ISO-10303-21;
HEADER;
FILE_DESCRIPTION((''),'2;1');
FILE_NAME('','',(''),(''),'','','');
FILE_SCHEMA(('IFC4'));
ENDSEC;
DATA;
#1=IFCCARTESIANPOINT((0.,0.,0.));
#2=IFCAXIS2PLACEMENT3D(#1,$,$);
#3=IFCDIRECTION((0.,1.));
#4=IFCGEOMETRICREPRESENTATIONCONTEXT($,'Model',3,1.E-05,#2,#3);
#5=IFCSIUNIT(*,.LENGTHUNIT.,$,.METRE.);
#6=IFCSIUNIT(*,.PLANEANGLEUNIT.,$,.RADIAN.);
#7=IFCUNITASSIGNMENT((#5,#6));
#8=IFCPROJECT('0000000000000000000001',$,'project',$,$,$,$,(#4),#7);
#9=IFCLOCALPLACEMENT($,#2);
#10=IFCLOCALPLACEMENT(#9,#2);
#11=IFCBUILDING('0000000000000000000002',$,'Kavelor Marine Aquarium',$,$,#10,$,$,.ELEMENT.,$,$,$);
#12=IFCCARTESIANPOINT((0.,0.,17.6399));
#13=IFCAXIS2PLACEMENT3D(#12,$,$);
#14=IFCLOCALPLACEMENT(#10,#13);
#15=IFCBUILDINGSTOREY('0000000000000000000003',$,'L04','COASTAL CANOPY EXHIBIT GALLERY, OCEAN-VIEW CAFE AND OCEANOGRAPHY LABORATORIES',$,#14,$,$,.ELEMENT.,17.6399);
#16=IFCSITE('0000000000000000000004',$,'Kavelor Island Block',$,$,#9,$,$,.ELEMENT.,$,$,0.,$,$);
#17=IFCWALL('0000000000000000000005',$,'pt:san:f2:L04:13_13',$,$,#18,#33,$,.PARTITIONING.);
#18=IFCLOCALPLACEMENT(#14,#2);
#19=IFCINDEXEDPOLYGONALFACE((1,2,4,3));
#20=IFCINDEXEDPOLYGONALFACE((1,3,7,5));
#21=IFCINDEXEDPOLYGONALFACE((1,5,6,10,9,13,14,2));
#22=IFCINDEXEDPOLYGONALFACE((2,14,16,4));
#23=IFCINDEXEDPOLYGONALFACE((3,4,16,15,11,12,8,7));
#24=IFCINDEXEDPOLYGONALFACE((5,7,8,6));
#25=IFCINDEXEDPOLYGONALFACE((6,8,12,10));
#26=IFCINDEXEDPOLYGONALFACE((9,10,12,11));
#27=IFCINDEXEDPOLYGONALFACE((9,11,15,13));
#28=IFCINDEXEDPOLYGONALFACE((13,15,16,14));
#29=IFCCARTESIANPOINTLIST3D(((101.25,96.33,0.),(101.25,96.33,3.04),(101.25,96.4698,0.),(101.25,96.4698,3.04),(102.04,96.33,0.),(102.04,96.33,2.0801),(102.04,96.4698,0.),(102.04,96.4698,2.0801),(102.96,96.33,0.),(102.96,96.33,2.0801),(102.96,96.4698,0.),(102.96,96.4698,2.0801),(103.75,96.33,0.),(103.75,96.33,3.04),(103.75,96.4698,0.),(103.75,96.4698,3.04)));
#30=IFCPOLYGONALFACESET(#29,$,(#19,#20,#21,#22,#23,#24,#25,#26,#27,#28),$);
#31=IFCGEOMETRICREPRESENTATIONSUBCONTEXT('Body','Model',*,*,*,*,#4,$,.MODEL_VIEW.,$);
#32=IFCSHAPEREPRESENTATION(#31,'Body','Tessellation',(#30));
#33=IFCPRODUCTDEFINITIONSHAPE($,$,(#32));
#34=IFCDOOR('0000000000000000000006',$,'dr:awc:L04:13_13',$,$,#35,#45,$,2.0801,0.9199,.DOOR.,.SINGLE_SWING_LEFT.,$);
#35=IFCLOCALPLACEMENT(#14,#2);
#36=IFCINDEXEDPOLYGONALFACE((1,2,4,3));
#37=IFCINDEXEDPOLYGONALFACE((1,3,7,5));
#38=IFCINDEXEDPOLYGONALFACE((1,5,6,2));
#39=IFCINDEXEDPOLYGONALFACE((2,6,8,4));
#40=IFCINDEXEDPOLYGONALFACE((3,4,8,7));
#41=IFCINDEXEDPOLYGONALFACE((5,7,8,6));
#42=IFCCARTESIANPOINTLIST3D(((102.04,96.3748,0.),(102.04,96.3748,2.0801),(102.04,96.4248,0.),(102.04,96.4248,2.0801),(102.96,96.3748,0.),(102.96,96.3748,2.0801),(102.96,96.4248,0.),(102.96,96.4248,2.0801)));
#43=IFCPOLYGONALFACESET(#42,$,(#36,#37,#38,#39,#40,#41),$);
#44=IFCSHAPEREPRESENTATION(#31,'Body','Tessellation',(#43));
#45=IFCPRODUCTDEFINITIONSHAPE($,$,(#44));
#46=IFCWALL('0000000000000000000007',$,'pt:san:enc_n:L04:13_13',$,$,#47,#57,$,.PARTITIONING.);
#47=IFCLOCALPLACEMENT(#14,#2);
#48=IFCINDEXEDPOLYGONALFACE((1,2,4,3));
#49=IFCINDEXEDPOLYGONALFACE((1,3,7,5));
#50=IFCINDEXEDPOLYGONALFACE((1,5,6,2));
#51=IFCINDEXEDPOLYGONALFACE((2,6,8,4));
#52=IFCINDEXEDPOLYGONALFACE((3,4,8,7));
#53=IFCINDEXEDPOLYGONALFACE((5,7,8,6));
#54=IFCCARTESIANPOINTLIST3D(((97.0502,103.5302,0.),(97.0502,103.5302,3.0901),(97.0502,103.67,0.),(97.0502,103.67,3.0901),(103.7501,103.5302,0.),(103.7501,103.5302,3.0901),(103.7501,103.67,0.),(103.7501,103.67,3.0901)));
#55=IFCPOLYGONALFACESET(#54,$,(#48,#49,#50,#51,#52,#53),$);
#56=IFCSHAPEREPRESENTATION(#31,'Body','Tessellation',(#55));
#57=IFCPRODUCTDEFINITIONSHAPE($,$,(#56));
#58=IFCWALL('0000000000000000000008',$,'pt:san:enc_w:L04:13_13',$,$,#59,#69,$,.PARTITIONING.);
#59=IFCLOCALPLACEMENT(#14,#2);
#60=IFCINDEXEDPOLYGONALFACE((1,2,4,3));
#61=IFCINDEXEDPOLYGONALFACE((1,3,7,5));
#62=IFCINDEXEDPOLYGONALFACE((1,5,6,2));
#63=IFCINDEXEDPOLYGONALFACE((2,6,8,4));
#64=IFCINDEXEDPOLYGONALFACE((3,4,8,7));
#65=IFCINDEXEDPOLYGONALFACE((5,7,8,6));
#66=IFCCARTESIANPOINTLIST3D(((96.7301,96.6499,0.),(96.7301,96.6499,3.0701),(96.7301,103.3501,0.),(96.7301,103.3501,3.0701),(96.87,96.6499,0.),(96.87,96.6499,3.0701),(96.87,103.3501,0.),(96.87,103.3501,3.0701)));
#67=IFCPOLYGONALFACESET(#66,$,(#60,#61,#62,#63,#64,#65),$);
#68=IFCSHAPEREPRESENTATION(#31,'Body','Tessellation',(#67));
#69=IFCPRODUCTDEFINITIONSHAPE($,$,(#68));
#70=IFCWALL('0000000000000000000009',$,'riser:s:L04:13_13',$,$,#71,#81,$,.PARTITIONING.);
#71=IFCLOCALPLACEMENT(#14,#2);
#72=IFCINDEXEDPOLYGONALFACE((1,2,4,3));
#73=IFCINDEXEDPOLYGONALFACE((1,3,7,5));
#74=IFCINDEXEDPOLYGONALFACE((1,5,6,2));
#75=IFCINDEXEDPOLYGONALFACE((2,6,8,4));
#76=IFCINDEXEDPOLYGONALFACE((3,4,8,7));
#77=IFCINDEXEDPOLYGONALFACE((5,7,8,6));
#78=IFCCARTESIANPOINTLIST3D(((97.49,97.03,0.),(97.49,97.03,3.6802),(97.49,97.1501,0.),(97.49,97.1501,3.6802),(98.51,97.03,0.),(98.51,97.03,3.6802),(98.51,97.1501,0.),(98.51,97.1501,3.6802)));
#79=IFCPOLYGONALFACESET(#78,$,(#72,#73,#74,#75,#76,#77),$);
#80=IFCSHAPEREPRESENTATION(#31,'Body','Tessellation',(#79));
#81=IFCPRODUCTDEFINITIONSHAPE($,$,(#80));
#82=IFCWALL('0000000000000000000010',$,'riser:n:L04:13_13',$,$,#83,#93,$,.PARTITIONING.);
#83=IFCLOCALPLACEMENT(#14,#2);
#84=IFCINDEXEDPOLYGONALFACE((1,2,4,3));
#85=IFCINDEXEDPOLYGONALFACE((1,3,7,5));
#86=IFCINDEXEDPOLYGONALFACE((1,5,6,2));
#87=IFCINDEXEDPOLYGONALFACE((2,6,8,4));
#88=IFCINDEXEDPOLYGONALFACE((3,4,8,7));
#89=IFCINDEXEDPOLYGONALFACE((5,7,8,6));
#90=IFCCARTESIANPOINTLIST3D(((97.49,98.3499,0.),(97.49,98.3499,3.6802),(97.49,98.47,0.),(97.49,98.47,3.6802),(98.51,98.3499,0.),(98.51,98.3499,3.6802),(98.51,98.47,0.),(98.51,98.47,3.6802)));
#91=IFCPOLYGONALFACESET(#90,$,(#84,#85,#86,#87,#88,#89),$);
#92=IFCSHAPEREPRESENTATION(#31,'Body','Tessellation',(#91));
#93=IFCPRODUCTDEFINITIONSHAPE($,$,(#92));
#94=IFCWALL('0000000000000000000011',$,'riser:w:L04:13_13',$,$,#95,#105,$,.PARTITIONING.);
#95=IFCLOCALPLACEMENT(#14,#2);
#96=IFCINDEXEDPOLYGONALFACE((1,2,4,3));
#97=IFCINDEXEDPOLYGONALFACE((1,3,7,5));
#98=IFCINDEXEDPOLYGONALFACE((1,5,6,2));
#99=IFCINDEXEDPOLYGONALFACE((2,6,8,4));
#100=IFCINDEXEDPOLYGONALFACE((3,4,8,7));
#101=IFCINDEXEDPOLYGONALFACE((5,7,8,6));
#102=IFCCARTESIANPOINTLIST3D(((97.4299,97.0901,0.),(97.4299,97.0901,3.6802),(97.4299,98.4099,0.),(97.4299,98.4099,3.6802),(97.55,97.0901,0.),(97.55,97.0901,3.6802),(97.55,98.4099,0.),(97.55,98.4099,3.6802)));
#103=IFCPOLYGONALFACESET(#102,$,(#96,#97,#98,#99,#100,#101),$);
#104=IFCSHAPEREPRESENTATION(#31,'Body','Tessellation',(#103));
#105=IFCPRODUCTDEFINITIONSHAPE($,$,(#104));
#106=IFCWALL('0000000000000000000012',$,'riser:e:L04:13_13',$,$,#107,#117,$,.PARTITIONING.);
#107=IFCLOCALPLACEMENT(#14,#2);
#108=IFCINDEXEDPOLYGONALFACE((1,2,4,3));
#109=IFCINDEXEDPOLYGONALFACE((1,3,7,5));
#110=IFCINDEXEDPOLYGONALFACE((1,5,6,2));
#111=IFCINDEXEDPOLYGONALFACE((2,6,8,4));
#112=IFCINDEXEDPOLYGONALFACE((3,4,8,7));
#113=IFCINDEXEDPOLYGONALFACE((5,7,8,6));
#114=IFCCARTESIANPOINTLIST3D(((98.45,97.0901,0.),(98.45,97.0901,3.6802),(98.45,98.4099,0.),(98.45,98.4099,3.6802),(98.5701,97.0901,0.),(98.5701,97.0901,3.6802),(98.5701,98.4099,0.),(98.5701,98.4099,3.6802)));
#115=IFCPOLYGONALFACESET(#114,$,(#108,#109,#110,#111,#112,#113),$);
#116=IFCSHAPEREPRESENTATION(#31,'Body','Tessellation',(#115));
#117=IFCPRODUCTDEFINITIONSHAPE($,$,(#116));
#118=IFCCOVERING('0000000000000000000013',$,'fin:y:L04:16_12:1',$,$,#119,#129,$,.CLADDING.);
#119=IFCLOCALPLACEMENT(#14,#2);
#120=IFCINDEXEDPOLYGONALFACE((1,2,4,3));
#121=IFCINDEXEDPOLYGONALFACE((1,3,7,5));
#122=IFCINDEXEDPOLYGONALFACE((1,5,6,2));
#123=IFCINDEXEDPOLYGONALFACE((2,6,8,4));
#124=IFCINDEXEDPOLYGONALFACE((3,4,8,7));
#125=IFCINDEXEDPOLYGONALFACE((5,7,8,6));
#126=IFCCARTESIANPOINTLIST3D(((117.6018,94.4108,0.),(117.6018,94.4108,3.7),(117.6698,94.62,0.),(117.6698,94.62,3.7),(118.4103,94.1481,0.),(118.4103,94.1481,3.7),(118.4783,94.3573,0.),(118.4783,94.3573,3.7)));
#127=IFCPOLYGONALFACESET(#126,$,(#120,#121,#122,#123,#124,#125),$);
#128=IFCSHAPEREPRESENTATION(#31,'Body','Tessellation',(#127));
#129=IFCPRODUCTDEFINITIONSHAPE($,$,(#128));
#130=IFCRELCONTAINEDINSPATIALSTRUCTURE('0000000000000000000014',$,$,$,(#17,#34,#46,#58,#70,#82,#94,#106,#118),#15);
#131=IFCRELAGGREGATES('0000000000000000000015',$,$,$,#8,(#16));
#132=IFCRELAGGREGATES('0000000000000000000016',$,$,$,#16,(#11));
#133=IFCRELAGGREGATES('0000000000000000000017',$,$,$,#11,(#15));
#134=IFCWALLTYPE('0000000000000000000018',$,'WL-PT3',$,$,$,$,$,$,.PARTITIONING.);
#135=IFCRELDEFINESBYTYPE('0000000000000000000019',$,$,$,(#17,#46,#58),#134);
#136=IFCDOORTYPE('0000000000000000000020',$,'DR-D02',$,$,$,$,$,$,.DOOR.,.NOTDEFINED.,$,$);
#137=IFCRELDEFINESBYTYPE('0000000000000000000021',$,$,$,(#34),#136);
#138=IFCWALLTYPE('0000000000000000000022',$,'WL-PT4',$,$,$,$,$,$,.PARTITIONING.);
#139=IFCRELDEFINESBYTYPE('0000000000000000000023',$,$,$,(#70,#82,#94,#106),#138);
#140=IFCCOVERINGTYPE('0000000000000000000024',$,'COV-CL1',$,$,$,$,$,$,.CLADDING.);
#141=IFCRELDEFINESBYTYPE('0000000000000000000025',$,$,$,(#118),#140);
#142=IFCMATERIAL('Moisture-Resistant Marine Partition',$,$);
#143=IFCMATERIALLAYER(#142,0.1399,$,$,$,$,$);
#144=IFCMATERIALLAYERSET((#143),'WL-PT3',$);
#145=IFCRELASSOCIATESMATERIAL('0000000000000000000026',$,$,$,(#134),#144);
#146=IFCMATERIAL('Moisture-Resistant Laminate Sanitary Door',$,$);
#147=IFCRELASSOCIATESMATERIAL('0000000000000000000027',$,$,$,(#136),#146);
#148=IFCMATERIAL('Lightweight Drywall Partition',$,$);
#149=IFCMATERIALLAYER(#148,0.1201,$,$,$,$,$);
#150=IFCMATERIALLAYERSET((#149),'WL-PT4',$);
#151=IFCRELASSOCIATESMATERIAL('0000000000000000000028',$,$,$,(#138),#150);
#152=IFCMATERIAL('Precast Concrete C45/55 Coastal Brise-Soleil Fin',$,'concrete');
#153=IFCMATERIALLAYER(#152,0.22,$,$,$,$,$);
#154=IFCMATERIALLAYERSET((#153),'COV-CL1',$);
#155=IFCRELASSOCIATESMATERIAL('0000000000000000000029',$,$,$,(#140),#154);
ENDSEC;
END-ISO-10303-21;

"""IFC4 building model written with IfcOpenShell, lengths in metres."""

from ifc_helpers import new_model, si_unit, direction, frame, frame_2d, origin, origin_2d, place, context, subcontext, project, spatial, rectangle, extrude, material, layer, layer_set, type_object, element, fill, save


model = new_model("IFC4")

# Units and contexts
model_context = context("Model", 3, precision=1e-05, world=origin(), true_north=direction((0.0, 1.0)))
body_context = subcontext(model_context, "Body", "Model", "MODEL_VIEW")
ifc_project = project(units=[si_unit("LENGTHUNIT", "METRE"), si_unit("PLANEANGLEUNIT", "RADIAN")], contexts=[model_context])

# Site, building, storey
site_placement = place(None, origin())
site = spatial("IfcSite", under=ifc_project, at=site_placement, Name="Kavelor Island Block", CompositionType="ELEMENT", RefElevation=0.0)
building_placement = place(site_placement, origin())
building = spatial("IfcBuilding", under=site, at=building_placement, Name="Kavelor Marine Aquarium", CompositionType="ELEMENT")
storey_placement = place(building_placement, frame((0.0, 0.0, 17.6399)))
storey = spatial("IfcBuildingStorey", under=building, at=storey_placement, Name="L04", Description="COASTAL CANOPY EXHIBIT GALLERY, OCEAN-VIEW CAFE AND OCEANOGRAPHY LABORATORIES", CompositionType="ELEMENT", Elevation=17.6399)

# Shared definitions
ifc_material_1 = material(Name="Moisture-Resistant Marine Partition")
ifc_layer_1 = layer(ifc_material_1, 0.1399)
ifc_layer_set_1 = layer_set([ifc_layer_1], Name="WL-PT3")
wall_type_1 = type_object("IfcWallType", Name="WL-PT3", PredefinedType="PARTITIONING", material=ifc_layer_set_1)

# Wall, opening, door
ifc_material_2 = material(Name="Moisture-Resistant Laminate Sanitary Door")
door_type = type_object("IfcDoorType", Name="DR-D02", OperationType="NOTDEFINED", PredefinedType="DOOR", material=ifc_material_2)
wall_1_placement = place(storey_placement, frame((101.25, 96.3999, 0.0), z_axis=(0.0, 0.0, 1.0), x_axis=(1.0, 0.0, 0.0)))
wall_1 = element("IfcWall", 1, at=wall_1_placement, inside=storey, type_object=wall_type_1, Name="pt:san:f2:L04:13_13", PredefinedType="PARTITIONING", context=body_context, shape_type="SweptSolid", body=[
    extrude(rectangle(XDim=2.5, YDim=0.1399, at=frame_2d((1.25, 0.0))), origin(), (0.0, 0.0, 1.0), 3.04),
])
opening_1_placement = place(wall_1_placement, frame((0.79, 0.0, 0.0)))
opening_1 = element("IfcOpeningElement", 2, at=opening_1_placement, cuts=wall_1, PredefinedType="OPENING", context=body_context, shape_type="SweptSolid", body=[
    extrude(rectangle(XDim=0.9199, YDim=2.0801, at=frame_2d((0.46, 1.04))), frame((0.0, 0.0798, 0.0), z_axis=(0.0, -1.0, 0.0), x_axis=(1.0, 0.0, 0.0)), (0.0, 0.0, 1.0), 0.1599),
])
door_1_placement = place(opening_1_placement, origin())
door_1 = element("IfcDoor", 3, at=door_1_placement, inside=storey, type_object=door_type, Name="dr:awc:L04:13_13", OperationType="SINGLE_SWING_LEFT", OverallHeight=2.0801, OverallWidth=0.9199, PredefinedType="DOOR", context=body_context, shape_type="SweptSolid", body=[
    extrude(rectangle(XDim=0.9199, YDim=2.0801, at=frame_2d((0.46, 1.04))), frame((0.0, 0.0249, 0.0), z_axis=(0.0, -1.0, 0.0), x_axis=(1.0, 0.0, 0.0)), (0.0, 0.0, 1.0), 0.05),
])
fill(opening_1, door_1)

# Walls
wall_2_placement = place(storey_placement, frame((97.05, 103.6001, 0.0), z_axis=(0.0, 0.0, 1.0), x_axis=(1.0, 0.0, 0.0)))
element("IfcWall", 4, at=wall_2_placement, inside=storey, type_object=wall_type_1, Name="pt:san:enc_n:L04:13_13", PredefinedType="PARTITIONING", context=body_context, shape_type="SweptSolid", body=[
    extrude(rectangle(XDim=6.7, YDim=0.1399, at=frame_2d((3.3501, 0.0))), origin(), (0.0, 0.0, 1.0), 3.0901),
])
wall_3_placement = place(storey_placement, frame((96.8, 96.6499, 0.0), z_axis=(0.0, 0.0, 1.0), x_axis=(0.0, 1.0, 0.0)))
element("IfcWall", 5, at=wall_3_placement, inside=storey, type_object=wall_type_1, Name="pt:san:enc_w:L04:13_13", PredefinedType="PARTITIONING", context=body_context, shape_type="SweptSolid", body=[
    extrude(rectangle(XDim=6.7002, YDim=0.1399, at=frame_2d((3.3501, 0.0))), origin(), (0.0, 0.0, 1.0), 3.0701),
])
ifc_material_3 = material(Name="Lightweight Drywall Partition")
ifc_layer_2 = layer(ifc_material_3, 0.1201)
ifc_layer_set_2 = layer_set([ifc_layer_2], Name="WL-PT4")
wall_type_2 = type_object("IfcWallType", Name="WL-PT4", PredefinedType="PARTITIONING", material=ifc_layer_set_2)
for number, where, z_axis, x_axis, name in (
    (6, (97.49, 97.0901, 0.0), (0.0, 0.0, 1.0), (1.0, 0.0, 0.0), "riser:s:L04:13_13"),
    (7, (97.49, 98.4099, 0.0), (0.0, 0.0, 1.0), (1.0, 0.0, 0.0), "riser:n:L04:13_13"),
):
    element("IfcWall", number, at=place(storey_placement, frame(where, z_axis=z_axis, x_axis=x_axis)), inside=storey, type_object=wall_type_2, Name=name, PredefinedType="PARTITIONING", context=body_context, shape_type="SweptSolid", body=[
        extrude(rectangle(XDim=1.02, YDim=0.1201, at=frame_2d((0.51, 0.0))), origin(), (0.0, 0.0, 1.0), 3.6802),
    ])
for number, where, z_axis, x_axis, name in (
    (8, (97.49, 97.0901, 0.0), (0.0, 0.0, 1.0), (0.0, 1.0, 0.0), "riser:w:L04:13_13"),
    (9, (98.51, 97.0901, 0.0), (0.0, 0.0, 1.0), (0.0, 1.0, 0.0), "riser:e:L04:13_13"),
):
    element("IfcWall", number, at=place(storey_placement, frame(where, z_axis=z_axis, x_axis=x_axis)), inside=storey, type_object=wall_type_2, Name=name, PredefinedType="PARTITIONING", context=body_context, shape_type="SweptSolid", body=[
        extrude(rectangle(XDim=1.3198, YDim=0.1201, at=frame_2d((0.6599, 0.0))), origin(), (0.0, 0.0, 1.0), 3.6802),
    ])

# Covering
ifc_material_4 = material(Name="Precast Concrete C45/55 Coastal Brise-Soleil Fin", Category="concrete")
ifc_layer_3 = layer(ifc_material_4, 0.22)
ifc_layer_set_3 = layer_set([ifc_layer_3], Name="COV-CL1")
covering_type = type_object("IfcCoveringType", Name="COV-CL1", PredefinedType="CLADDING", material=ifc_layer_set_3)
covering_placement = place(storey_placement, frame((118.04, 94.384, 0.0), z_axis=(0.0, 0.0, 1.0), x_axis=(0.951057, -0.309017, 0.0)))
element("IfcCovering", 10, at=covering_placement, inside=storey, type_object=covering_type, Name="fin:y:L04:16_12:1", PredefinedType="CLADDING", context=body_context, shape_type="SweptSolid", body=[
    extrude(rectangle(XDim=0.8501, YDim=0.22, at=origin_2d()), origin(), (0.0, 0.0, 1.0), 3.7),
])

save(model, "model.ifc")
